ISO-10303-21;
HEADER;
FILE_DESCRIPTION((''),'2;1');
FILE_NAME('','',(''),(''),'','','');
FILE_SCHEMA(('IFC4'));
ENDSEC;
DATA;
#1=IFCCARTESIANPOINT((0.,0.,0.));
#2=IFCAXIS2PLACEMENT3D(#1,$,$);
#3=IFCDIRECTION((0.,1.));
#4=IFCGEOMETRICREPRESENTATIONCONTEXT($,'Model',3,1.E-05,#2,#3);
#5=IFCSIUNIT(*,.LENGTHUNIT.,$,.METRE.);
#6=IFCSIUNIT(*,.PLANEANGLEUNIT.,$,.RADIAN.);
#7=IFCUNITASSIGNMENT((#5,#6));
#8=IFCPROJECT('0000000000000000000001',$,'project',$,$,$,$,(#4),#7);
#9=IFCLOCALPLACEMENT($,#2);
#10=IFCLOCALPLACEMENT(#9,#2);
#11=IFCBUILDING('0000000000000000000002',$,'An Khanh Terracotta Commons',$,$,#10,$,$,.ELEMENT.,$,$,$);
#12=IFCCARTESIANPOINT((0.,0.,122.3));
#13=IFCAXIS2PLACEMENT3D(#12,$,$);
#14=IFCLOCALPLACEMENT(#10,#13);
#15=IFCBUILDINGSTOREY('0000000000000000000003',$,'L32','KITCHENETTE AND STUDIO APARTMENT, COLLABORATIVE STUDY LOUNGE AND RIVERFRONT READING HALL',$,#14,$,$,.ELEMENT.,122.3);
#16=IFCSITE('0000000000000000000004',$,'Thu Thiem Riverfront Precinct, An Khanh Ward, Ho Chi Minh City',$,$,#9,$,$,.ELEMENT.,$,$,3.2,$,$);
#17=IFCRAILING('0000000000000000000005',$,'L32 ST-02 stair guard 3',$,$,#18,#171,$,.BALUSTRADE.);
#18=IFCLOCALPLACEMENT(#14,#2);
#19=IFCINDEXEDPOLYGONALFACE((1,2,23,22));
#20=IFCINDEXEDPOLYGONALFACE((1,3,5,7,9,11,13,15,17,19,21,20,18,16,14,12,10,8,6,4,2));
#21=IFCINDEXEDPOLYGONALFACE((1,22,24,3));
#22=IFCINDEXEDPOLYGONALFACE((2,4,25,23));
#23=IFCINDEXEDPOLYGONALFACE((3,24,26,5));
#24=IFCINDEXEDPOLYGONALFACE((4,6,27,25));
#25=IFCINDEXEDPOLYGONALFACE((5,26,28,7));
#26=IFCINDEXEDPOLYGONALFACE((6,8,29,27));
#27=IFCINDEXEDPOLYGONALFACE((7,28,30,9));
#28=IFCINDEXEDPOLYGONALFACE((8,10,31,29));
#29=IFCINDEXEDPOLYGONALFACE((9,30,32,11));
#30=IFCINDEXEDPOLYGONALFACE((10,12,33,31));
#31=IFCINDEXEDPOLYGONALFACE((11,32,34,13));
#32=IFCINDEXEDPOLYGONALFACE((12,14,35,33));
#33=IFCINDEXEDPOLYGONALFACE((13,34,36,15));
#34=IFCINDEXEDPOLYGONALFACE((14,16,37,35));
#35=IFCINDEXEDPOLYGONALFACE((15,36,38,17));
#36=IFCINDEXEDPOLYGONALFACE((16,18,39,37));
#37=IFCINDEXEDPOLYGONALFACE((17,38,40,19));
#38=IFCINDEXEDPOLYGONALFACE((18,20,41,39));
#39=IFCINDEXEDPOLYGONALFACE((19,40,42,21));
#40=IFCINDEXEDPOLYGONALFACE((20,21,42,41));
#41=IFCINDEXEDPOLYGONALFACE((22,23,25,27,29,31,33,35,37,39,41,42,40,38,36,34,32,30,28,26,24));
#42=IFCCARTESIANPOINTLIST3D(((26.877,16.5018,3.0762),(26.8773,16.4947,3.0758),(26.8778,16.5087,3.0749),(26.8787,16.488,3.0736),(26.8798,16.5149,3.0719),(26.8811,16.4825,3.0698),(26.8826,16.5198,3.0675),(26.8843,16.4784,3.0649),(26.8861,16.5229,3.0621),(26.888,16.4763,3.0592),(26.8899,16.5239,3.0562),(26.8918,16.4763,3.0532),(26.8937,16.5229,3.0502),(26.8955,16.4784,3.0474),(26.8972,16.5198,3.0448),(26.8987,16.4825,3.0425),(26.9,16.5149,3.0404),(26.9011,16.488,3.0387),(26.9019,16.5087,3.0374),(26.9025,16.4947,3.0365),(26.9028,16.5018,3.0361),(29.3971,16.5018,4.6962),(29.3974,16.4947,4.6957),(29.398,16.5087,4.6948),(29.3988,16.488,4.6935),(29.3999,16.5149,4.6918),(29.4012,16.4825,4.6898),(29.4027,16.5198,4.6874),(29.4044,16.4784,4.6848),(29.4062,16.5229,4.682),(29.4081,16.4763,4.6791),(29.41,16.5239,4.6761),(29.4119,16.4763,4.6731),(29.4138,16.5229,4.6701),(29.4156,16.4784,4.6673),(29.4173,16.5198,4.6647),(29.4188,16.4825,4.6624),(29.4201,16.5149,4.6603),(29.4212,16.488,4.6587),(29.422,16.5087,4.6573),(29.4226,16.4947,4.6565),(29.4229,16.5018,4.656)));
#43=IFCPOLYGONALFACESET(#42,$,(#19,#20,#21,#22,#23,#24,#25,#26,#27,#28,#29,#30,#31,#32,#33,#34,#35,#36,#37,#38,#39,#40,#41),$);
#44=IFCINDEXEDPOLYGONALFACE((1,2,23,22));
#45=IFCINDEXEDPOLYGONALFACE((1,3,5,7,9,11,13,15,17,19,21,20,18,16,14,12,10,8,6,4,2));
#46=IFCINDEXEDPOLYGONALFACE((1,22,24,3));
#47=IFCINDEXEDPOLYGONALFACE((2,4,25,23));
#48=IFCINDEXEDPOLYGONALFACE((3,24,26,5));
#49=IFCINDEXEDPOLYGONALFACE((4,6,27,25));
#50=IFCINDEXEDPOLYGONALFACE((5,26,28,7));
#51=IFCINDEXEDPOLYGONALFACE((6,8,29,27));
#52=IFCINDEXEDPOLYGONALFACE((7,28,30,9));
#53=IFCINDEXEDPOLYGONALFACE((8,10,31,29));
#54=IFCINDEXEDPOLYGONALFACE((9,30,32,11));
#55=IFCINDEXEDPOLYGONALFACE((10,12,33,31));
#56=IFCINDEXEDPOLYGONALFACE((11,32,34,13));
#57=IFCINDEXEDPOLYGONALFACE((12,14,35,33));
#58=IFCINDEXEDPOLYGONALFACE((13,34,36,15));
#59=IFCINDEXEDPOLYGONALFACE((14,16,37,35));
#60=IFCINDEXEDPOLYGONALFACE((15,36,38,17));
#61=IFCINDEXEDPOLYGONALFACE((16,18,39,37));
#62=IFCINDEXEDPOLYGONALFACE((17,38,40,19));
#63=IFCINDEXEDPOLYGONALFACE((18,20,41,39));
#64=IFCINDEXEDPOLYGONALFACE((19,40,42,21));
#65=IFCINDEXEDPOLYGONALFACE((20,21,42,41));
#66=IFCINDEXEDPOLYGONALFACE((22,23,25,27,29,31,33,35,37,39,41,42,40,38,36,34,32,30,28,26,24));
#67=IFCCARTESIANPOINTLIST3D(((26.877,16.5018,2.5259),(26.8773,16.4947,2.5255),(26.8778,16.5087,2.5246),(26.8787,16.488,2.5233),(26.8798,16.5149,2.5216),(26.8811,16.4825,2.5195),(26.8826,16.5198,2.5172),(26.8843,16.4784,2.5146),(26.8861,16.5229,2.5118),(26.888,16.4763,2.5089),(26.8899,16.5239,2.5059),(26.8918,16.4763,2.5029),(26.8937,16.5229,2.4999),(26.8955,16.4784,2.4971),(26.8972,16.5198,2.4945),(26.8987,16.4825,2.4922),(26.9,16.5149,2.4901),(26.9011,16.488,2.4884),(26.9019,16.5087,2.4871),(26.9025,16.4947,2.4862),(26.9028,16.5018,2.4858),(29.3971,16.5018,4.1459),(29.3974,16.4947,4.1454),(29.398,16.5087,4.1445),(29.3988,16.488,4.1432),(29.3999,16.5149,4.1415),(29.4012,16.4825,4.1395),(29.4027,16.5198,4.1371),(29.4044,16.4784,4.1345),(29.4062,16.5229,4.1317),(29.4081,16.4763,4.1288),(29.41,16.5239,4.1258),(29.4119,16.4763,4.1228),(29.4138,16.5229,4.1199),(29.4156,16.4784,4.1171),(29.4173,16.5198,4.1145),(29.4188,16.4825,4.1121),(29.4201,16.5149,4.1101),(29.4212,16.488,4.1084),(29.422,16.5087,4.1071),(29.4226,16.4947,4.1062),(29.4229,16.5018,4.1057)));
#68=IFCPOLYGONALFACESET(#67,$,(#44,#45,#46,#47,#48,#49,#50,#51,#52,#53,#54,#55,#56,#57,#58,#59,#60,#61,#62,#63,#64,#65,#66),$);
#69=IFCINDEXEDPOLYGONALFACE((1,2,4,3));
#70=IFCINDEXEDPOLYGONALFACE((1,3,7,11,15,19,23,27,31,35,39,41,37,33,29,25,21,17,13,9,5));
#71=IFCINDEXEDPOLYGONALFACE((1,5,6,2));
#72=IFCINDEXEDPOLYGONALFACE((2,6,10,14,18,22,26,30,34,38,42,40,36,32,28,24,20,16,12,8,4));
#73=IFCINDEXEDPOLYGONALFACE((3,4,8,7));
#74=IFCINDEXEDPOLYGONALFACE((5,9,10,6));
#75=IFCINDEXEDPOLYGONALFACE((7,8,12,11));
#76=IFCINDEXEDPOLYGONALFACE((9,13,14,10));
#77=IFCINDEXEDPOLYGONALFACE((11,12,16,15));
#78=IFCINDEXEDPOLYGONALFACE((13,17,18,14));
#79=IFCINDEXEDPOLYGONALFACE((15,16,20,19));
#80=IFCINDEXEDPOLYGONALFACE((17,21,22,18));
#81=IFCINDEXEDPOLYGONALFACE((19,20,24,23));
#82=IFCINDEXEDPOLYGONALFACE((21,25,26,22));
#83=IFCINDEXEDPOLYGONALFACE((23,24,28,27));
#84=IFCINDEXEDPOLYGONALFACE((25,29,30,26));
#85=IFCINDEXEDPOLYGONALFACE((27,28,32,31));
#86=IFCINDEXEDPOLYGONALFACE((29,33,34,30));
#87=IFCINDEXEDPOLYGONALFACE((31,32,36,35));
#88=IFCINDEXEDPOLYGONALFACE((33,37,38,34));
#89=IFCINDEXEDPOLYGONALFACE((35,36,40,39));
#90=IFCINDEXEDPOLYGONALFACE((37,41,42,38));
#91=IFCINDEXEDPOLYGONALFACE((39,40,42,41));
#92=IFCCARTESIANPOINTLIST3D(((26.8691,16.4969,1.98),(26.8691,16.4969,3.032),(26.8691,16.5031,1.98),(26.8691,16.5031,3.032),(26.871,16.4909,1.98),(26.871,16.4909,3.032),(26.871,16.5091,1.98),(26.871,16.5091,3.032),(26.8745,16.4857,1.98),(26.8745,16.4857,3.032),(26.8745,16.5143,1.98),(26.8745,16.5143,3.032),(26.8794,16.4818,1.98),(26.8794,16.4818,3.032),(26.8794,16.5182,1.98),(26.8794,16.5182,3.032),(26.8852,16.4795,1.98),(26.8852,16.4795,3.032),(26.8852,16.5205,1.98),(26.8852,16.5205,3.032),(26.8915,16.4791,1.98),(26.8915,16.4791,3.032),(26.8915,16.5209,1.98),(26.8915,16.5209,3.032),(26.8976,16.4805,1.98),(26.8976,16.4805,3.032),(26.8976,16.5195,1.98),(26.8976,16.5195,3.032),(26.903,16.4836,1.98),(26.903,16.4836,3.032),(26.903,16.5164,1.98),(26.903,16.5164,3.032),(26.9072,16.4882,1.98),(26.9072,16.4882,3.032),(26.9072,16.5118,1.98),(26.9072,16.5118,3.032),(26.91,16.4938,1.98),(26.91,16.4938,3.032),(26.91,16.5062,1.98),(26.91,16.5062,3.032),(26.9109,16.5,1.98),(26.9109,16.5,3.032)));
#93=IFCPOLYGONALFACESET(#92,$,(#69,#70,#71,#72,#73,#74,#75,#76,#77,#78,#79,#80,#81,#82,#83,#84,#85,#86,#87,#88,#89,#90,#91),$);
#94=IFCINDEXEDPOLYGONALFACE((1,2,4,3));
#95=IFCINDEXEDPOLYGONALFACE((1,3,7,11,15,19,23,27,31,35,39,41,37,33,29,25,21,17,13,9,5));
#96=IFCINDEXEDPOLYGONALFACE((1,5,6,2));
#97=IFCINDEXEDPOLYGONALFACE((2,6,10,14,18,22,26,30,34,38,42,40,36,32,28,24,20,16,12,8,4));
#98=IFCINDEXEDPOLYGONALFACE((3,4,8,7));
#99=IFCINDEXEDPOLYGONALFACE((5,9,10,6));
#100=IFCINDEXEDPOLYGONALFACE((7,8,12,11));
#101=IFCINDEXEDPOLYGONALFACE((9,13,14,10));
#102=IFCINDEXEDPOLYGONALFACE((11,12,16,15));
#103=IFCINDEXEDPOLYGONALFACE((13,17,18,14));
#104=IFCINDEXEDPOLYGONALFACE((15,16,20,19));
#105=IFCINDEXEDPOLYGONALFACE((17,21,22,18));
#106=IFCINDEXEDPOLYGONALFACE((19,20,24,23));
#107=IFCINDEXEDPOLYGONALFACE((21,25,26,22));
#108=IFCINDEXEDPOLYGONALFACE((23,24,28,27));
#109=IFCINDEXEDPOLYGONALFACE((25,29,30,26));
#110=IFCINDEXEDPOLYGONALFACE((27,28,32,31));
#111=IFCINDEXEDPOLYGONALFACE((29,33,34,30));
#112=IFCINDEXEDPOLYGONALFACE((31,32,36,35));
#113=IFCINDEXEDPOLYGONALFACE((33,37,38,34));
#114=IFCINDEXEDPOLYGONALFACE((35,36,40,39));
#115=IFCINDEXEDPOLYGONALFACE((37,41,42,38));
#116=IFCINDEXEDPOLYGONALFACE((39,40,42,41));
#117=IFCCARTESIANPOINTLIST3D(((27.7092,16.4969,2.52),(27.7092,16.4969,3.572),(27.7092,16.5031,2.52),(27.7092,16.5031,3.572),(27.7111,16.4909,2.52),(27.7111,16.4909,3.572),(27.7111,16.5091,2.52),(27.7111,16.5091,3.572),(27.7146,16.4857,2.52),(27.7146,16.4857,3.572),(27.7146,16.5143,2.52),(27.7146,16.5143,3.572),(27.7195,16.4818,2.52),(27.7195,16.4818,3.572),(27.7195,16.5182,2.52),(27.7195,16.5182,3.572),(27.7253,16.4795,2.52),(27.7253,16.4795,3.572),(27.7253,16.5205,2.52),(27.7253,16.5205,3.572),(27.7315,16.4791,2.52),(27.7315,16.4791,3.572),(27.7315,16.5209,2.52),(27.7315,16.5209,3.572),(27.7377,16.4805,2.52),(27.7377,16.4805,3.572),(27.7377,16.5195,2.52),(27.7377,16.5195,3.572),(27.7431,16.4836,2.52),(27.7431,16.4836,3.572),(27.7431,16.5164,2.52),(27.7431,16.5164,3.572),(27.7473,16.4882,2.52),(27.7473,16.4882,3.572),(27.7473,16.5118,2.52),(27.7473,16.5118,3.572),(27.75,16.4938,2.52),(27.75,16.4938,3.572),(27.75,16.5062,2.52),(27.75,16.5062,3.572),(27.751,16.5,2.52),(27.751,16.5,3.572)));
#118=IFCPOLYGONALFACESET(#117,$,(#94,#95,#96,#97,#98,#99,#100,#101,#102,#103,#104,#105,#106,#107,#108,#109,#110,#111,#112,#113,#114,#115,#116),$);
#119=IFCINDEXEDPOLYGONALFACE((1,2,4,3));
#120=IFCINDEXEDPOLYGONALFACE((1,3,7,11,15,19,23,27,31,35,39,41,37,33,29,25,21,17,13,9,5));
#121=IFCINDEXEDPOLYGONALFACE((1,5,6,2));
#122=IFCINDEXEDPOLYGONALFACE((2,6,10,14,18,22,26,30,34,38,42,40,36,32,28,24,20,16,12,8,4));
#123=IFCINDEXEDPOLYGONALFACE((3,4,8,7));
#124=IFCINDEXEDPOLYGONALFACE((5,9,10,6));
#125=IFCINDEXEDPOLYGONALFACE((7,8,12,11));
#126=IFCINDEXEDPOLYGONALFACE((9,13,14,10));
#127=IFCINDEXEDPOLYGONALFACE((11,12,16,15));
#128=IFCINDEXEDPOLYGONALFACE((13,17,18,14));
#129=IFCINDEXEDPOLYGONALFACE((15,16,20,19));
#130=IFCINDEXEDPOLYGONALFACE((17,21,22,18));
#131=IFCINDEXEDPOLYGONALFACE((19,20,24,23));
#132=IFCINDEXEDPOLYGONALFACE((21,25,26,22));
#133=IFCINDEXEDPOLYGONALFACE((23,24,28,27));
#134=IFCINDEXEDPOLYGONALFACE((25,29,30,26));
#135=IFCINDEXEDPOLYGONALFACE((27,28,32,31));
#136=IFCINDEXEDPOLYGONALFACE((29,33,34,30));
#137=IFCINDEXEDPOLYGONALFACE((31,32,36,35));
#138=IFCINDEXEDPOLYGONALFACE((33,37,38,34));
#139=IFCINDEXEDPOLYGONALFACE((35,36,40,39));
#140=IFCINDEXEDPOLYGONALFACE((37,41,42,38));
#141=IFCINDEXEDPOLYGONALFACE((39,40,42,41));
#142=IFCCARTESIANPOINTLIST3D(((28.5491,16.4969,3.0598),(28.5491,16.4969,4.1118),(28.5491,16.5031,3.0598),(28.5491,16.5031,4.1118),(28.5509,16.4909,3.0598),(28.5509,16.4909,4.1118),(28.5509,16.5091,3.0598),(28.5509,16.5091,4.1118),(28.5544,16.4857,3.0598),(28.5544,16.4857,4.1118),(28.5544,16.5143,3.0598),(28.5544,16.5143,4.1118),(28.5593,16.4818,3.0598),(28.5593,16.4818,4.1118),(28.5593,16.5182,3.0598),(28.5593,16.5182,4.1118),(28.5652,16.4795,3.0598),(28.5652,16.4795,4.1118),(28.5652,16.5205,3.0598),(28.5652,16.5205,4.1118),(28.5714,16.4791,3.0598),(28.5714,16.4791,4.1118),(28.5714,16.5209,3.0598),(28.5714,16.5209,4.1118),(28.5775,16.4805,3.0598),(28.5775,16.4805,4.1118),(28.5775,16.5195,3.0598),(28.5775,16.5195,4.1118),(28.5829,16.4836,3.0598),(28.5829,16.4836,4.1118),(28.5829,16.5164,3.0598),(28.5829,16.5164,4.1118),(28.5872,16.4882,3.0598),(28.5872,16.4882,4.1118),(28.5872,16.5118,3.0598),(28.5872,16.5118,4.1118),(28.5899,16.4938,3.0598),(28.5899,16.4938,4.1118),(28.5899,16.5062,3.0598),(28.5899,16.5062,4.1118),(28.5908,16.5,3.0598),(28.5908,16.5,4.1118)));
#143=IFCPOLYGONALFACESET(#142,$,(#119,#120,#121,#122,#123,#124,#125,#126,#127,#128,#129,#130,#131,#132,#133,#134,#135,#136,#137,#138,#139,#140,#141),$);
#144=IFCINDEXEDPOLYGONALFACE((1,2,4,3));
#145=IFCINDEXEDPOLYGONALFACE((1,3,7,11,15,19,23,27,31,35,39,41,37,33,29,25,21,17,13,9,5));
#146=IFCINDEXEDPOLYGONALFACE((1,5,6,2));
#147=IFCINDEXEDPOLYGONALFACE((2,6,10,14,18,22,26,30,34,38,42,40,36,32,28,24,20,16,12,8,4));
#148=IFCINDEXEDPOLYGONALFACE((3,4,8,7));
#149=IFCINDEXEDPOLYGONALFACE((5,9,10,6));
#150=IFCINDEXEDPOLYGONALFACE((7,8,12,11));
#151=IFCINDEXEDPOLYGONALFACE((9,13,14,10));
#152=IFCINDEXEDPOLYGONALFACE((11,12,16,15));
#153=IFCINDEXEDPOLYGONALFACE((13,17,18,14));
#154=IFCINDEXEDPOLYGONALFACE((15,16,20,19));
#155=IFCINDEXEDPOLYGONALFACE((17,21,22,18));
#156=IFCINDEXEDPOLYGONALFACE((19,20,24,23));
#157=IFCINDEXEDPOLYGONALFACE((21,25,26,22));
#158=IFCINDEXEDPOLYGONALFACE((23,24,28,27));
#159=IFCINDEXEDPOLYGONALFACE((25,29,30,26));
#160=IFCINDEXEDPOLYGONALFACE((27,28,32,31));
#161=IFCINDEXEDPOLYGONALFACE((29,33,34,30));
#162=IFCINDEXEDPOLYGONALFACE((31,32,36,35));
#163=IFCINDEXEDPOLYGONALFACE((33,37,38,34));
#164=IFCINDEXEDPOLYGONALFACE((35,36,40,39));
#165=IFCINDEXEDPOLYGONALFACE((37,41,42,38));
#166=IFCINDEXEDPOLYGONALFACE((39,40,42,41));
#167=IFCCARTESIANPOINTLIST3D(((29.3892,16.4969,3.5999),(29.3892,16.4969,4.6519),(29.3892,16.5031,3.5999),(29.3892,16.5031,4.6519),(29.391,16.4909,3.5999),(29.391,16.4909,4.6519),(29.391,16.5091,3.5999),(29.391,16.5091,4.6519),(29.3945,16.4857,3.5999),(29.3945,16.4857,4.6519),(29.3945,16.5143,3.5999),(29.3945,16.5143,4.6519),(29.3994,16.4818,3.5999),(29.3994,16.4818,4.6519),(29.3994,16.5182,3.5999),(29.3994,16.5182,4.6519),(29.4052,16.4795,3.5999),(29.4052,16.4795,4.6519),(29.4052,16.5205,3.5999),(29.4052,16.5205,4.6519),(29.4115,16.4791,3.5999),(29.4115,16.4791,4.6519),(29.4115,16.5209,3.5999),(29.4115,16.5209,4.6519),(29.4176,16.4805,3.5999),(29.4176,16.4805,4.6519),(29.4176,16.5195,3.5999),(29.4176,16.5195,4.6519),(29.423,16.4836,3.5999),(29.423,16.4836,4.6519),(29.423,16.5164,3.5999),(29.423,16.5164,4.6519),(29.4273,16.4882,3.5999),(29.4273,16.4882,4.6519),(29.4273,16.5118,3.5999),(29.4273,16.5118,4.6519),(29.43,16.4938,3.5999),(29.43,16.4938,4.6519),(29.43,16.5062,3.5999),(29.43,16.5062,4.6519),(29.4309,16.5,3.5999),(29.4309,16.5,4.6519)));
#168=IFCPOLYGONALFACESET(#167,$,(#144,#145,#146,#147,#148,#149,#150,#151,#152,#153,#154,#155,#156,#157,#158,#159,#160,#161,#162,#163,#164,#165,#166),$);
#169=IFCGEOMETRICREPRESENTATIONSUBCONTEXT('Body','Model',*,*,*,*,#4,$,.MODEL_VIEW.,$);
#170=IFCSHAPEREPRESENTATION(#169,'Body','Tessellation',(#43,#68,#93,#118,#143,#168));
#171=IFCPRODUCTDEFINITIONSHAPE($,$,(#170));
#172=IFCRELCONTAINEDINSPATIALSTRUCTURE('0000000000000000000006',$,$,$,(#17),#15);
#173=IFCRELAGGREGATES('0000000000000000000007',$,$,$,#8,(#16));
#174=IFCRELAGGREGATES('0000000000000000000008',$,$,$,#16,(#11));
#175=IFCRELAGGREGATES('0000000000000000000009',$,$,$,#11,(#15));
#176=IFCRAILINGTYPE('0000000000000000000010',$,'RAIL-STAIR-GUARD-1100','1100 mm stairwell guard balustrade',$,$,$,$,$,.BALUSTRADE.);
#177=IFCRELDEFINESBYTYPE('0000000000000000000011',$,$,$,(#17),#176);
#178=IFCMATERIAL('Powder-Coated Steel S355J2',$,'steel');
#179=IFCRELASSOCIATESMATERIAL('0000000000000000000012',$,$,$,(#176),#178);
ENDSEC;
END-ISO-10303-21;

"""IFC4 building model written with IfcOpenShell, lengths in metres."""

from ifc_helpers import new_model, si_unit, direction, frame, origin, origin_2d, place, context, subcontext, project, spatial, circle, extrude, material, type_object, element, save


model = new_model("IFC4")

# Units and contexts
model_context = context("Model", 3, precision=1e-05, world=origin(), true_north=direction((0.0, 1.0)))
body_context = subcontext(model_context, "Body", "Model", "MODEL_VIEW")
ifc_project = project(units=[si_unit("LENGTHUNIT", "METRE"), si_unit("PLANEANGLEUNIT", "RADIAN")], contexts=[model_context])

# Site, building, storey
site_placement = place(None, origin())
site = spatial("IfcSite", under=ifc_project, at=site_placement, Name="Thu Thiem Riverfront Precinct, An Khanh Ward, Ho Chi Minh City", CompositionType="ELEMENT", RefElevation=3.2)
building_placement = place(site_placement, origin())
building = spatial("IfcBuilding", under=site, at=building_placement, Name="An Khanh Terracotta Commons", CompositionType="ELEMENT")
storey_placement = place(building_placement, frame((0.0, 0.0, 122.3)))
storey = spatial("IfcBuildingStorey", under=building, at=storey_placement, Name="L32", Description="KITCHENETTE AND STUDIO APARTMENT, COLLABORATIVE STUDY LOUNGE AND RIVERFRONT READING HALL", CompositionType="ELEMENT", Elevation=122.3)

# Railing
ifc_material_1 = material(Name="Powder-Coated Steel S355J2", Category="steel")
railing_type_1 = type_object("IfcRailingType", Name="RAIL-STAIR-GUARD-1100", Description="1100 mm stairwell guard balustrade", PredefinedType="BALUSTRADE", material=ifc_material_1)
railing_1_placement = place(storey_placement, frame((26.8899, 16.5, 1.98)))
element("IfcRailing", 1, at=railing_1_placement, inside=storey, type_object=railing_type_1, Name="L32 ST-02 stair guard 3", PredefinedType="BALUSTRADE", context=body_context, shape_type="SweptSolid", body=[
    extrude(circle(Radius=0.0239, at=origin_2d()), frame((0.0, 0.0, 1.0762), z_axis=(0.8412, 0.0, 0.540725), x_axis=(0.0, 1.0, 0.0)), (0.0, 0.0, 1.0), 2.9958),
    extrude(circle(Radius=0.0239, at=origin_2d()), frame((0.0, 0.0, 0.5259), z_axis=(0.8412, 0.0, 0.540725), x_axis=(0.0, 1.0, 0.0)), (0.0, 0.0, 1.0), 2.9958),
    extrude(circle(Radius=0.021, at=origin_2d()), origin(), (0.0, 0.0, 1.0), 1.052),
    extrude(circle(Radius=0.021, at=origin_2d()), frame((0.8401, 0.0, 0.54)), (0.0, 0.0, 1.0), 1.052),
    extrude(circle(Radius=0.021, at=origin_2d()), frame((1.6799, 0.0, 1.0798)), (0.0, 0.0, 1.0), 1.052),
    extrude(circle(Radius=0.021, at=origin_2d()), frame((2.52, 0.0, 1.6199)), (0.0, 0.0, 1.0), 1.052),
])

save(model, "model.ifc")
